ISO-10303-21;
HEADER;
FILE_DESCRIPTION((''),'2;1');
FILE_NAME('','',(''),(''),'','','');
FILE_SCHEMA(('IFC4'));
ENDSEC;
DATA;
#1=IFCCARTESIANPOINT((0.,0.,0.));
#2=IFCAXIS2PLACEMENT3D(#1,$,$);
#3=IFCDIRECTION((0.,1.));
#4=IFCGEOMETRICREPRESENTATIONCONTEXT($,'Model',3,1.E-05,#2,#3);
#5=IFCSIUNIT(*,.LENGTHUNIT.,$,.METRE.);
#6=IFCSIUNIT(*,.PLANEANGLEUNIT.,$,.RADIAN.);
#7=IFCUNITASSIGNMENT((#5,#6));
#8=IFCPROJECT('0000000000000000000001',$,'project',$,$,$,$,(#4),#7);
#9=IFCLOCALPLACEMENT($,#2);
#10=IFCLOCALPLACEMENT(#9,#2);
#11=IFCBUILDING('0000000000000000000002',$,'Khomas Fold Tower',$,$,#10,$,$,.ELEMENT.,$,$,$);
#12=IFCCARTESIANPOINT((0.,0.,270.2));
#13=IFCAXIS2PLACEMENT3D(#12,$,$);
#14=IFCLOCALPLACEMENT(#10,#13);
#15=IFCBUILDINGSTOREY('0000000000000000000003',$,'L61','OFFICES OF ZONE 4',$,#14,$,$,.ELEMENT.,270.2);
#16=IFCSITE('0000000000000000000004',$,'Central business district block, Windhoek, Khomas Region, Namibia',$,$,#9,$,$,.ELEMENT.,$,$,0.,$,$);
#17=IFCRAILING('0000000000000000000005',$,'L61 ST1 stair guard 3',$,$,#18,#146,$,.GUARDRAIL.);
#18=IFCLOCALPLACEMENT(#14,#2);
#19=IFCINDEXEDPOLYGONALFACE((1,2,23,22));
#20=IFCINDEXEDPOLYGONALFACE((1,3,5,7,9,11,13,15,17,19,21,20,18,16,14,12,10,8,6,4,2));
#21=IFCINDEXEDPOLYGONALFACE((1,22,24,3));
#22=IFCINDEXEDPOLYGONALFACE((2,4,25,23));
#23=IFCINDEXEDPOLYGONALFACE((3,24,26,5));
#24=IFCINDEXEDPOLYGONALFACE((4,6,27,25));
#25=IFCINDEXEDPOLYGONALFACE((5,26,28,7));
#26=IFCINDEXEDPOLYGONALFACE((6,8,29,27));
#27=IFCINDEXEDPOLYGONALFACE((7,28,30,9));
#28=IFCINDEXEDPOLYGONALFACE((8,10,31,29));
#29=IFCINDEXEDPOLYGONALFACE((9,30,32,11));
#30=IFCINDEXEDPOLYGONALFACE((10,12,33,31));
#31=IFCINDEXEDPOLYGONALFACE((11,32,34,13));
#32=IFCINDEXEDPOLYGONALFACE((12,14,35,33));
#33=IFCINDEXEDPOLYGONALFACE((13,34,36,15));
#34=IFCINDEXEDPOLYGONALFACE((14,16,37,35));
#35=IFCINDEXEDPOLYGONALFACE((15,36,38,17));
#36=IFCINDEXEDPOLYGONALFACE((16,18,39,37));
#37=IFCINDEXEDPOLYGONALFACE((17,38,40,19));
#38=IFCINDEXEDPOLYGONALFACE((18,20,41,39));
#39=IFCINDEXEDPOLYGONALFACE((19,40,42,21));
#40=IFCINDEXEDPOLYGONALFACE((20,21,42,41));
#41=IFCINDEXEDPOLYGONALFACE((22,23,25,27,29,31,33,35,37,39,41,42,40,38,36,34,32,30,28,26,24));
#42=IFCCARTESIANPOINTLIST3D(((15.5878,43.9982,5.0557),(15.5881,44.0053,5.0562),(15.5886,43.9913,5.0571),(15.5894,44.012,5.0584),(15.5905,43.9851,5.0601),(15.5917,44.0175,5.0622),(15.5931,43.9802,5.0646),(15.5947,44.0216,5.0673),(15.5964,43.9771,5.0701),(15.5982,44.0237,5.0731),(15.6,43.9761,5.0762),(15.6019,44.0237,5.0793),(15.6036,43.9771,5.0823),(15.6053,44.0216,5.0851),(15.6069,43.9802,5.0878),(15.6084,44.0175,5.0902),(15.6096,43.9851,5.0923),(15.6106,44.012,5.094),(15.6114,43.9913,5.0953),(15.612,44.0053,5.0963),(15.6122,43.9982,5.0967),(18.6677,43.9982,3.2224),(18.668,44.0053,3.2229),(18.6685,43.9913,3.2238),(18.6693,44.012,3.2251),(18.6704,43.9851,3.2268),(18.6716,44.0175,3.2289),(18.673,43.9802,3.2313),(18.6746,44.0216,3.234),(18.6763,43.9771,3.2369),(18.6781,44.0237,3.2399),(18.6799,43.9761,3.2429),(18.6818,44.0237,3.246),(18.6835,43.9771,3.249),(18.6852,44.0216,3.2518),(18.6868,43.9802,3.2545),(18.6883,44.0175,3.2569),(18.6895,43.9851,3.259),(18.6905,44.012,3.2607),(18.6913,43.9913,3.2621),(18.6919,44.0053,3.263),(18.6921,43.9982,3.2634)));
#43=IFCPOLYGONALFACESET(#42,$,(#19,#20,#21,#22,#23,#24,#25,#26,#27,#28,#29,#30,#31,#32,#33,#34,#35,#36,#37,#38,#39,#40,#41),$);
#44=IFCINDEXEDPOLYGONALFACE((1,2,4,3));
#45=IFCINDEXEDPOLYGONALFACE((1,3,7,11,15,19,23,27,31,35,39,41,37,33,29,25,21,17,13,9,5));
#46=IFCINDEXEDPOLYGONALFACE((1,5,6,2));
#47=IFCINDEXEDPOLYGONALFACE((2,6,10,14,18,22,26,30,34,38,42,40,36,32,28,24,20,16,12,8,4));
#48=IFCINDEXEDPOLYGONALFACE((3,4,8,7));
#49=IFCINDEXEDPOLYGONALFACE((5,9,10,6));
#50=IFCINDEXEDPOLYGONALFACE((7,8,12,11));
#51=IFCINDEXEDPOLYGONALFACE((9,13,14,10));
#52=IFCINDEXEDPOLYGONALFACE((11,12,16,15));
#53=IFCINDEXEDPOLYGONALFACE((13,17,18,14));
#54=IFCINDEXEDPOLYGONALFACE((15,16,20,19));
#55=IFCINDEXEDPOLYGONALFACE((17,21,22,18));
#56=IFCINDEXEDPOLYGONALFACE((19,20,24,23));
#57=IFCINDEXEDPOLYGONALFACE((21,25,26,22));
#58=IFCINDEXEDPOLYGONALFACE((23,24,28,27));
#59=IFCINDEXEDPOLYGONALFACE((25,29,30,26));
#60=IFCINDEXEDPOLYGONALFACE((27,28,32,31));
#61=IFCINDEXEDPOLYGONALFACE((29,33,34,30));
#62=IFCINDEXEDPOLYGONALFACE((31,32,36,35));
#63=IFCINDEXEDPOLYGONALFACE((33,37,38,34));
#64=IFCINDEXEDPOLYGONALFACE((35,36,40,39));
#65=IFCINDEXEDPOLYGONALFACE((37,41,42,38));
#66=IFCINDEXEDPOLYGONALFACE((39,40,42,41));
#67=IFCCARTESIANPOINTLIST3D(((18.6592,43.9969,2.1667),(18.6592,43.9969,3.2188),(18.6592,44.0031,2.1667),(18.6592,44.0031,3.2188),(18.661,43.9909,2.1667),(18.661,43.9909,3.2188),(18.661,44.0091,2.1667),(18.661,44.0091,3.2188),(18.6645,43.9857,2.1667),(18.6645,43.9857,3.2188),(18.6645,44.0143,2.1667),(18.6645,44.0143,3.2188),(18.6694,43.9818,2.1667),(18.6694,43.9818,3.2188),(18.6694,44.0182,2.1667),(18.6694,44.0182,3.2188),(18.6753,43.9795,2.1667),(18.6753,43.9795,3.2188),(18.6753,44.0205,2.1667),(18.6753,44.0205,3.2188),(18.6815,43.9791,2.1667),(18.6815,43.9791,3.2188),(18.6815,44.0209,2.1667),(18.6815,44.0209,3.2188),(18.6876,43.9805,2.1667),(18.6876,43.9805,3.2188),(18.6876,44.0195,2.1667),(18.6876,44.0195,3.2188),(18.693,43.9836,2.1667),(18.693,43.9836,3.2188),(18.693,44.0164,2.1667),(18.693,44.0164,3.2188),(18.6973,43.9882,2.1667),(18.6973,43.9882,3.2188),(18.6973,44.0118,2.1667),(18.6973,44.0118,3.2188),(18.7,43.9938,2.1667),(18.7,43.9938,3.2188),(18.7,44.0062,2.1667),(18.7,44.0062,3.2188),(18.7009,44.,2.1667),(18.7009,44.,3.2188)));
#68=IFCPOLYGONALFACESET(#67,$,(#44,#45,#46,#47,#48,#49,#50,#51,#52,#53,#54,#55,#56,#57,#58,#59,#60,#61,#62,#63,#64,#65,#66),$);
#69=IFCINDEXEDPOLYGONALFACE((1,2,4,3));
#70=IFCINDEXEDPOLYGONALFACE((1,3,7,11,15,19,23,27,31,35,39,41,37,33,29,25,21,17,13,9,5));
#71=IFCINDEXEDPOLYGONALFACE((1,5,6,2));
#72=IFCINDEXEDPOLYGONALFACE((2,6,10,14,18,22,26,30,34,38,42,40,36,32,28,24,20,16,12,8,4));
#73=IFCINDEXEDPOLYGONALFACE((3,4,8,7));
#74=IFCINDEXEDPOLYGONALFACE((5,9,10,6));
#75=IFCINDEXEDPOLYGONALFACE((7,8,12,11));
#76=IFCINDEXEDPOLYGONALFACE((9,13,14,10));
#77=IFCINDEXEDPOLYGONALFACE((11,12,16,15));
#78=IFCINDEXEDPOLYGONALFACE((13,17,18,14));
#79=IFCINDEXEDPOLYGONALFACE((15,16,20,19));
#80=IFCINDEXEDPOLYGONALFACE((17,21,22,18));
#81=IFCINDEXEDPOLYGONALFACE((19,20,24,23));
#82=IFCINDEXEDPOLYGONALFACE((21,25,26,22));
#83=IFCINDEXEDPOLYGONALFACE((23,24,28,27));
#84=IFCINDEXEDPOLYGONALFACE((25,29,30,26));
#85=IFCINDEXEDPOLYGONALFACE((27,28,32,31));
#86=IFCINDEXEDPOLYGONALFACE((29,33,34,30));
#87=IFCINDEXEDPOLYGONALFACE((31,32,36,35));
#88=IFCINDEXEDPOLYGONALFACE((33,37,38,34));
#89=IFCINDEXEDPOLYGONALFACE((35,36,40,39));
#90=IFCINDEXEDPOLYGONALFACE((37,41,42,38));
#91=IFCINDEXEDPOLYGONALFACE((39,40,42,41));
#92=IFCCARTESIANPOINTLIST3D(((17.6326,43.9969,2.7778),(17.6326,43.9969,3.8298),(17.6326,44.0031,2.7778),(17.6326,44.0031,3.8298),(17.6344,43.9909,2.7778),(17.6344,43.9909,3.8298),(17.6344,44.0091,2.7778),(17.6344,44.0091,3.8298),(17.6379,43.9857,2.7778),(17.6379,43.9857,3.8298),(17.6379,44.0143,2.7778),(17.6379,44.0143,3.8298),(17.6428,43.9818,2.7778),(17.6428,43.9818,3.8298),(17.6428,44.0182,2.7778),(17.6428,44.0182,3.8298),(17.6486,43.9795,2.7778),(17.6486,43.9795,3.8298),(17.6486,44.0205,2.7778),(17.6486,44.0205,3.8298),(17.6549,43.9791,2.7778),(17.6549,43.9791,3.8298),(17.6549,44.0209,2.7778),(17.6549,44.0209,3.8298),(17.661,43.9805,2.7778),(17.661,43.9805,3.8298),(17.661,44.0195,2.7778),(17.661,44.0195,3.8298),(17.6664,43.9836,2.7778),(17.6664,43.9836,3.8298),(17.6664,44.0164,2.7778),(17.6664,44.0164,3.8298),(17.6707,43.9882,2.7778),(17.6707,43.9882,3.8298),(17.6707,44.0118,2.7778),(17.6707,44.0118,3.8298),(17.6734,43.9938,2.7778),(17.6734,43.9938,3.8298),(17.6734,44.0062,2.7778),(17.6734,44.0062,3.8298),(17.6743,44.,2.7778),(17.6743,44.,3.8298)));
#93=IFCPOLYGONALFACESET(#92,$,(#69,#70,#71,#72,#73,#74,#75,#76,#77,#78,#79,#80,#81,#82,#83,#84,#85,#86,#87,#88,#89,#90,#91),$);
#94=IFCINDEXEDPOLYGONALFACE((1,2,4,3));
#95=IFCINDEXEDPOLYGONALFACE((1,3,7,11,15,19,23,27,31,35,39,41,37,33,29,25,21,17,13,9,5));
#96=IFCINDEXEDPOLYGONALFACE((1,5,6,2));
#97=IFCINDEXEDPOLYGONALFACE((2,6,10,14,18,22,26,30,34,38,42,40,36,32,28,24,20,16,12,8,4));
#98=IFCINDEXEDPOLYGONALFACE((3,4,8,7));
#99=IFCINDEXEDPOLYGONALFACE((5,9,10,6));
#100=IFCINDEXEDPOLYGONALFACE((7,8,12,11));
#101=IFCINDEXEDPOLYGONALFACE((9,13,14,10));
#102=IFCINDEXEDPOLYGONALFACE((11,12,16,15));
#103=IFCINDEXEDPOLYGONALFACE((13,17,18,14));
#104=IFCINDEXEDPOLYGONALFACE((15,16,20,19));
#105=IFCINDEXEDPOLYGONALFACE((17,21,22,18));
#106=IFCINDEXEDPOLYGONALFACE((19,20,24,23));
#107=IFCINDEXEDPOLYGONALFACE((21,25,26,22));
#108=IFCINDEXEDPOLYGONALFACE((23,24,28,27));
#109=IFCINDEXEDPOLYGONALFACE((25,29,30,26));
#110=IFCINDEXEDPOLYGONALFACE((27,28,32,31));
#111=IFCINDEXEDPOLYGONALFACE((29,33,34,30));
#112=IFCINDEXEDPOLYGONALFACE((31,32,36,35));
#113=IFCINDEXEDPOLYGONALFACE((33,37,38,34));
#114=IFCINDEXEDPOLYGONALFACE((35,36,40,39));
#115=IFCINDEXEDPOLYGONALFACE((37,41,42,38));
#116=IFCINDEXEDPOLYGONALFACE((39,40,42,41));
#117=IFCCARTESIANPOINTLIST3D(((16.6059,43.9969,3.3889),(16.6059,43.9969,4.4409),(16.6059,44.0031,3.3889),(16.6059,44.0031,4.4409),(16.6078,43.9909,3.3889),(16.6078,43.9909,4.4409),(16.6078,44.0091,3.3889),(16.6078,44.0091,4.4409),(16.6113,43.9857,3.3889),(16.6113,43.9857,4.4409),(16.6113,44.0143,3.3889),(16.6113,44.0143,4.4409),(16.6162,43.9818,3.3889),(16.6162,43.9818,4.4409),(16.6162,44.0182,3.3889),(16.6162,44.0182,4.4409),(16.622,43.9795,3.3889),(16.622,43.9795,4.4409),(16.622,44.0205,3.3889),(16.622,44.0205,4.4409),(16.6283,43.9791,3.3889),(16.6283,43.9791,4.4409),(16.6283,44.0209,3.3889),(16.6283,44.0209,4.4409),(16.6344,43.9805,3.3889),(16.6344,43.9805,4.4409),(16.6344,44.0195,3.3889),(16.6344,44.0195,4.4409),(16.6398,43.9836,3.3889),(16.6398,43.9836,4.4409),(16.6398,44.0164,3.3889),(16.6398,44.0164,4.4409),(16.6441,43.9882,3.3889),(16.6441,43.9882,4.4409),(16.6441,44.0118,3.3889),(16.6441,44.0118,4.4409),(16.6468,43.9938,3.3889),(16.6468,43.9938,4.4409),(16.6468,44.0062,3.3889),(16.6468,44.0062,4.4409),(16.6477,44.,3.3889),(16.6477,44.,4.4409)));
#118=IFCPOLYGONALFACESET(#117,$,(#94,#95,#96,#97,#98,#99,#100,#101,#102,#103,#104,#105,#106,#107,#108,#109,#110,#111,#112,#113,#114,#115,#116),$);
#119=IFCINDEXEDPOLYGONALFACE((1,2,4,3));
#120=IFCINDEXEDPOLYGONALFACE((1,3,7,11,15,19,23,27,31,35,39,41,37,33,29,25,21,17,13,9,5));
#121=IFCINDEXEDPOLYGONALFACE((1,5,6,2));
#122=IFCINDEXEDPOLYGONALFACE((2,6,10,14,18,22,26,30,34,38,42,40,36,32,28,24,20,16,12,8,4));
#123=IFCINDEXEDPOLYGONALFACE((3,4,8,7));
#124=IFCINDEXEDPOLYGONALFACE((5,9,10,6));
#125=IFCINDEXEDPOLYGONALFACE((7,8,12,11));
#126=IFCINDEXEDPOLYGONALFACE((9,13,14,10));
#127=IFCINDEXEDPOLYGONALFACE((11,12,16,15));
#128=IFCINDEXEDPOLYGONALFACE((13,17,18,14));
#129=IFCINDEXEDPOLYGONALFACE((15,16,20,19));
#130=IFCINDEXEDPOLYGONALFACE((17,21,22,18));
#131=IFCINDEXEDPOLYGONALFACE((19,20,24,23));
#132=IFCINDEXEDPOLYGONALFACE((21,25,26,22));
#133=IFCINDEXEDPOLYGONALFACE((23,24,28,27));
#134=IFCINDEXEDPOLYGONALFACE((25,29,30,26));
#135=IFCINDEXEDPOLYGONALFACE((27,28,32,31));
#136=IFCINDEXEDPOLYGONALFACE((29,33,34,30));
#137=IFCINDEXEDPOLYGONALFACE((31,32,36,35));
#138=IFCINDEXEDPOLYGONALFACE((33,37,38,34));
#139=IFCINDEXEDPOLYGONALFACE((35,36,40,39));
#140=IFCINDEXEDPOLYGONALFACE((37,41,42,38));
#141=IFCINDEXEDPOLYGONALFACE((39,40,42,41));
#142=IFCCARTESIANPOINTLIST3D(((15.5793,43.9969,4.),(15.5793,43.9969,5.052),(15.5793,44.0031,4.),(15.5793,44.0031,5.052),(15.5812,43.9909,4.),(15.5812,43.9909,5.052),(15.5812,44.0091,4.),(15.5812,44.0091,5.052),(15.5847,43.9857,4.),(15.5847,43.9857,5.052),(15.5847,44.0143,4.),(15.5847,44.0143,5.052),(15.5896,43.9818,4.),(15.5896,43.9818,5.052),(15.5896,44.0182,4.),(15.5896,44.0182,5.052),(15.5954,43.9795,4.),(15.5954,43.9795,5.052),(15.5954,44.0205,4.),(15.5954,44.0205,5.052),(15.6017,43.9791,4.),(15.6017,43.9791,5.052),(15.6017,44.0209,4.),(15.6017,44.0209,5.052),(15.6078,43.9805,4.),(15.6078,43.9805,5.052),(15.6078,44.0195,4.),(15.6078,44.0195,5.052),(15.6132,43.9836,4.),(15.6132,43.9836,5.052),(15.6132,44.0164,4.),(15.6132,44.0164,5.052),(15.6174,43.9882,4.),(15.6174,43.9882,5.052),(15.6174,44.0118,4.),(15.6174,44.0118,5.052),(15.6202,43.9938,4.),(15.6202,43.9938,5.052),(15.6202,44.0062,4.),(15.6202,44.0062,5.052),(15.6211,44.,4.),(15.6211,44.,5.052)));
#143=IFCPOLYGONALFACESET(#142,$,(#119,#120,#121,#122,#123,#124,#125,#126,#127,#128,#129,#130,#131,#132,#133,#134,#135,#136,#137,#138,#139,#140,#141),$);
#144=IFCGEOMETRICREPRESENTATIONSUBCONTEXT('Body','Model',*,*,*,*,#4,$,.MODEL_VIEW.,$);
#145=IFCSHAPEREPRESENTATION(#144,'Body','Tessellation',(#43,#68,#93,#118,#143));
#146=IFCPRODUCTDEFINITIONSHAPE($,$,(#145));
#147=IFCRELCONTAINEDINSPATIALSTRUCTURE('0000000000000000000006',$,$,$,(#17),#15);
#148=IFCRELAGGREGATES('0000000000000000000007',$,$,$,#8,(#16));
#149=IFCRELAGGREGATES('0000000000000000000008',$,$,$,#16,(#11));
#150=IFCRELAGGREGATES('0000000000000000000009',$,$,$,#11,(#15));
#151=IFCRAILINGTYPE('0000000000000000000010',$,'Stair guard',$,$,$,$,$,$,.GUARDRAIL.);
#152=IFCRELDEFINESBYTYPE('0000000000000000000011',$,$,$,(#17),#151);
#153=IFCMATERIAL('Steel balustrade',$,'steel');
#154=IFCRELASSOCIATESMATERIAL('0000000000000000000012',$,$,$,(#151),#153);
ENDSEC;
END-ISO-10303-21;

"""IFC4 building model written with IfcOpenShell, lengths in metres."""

from ifc_helpers import new_model, si_unit, direction, frame, origin, origin_2d, place, context, subcontext, project, spatial, circle, extrude, source, transform, mapped, material, type_object, element, save


model = new_model("IFC4")

# Units and contexts
model_context = context("Model", 3, precision=1e-05, world=origin(), true_north=direction((0.0, 1.0)))
body_context = subcontext(model_context, "Body", "Model", "MODEL_VIEW")
ifc_project = project(units=[si_unit("LENGTHUNIT", "METRE"), si_unit("PLANEANGLEUNIT", "RADIAN")], contexts=[model_context])

# Site, building, storey
site_placement = place(None, origin())
site = spatial("IfcSite", under=ifc_project, at=site_placement, Name="Central business district block, Windhoek, Khomas Region, Namibia", CompositionType="ELEMENT", RefElevation=0.0)
building_placement = place(site_placement, origin())
building = spatial("IfcBuilding", under=site, at=building_placement, Name="Khomas Fold Tower", CompositionType="ELEMENT")
storey_placement = place(building_placement, frame((0.0, 0.0, 270.2)))
storey = spatial("IfcBuildingStorey", under=building, at=storey_placement, Name="L61", Description="OFFICES OF ZONE 4", CompositionType="ELEMENT", Elevation=270.2)

# Railing
ifc_material_1 = material(Name="Steel balustrade", Category="steel")
railing_type_1 = type_object("IfcRailingType", Name="Stair guard", PredefinedType="GUARDRAIL", material=ifc_material_1)
shared_shape_1 = source(origin(), body_context, "Body", "SweptSolid", [
    extrude(circle(Radius=0.0239, at=origin_2d()), frame((0.0, 0.0, 1.0762), z_axis=(-0.859291, 0.0, 0.511487), x_axis=(0.0, -1.0, 0.0)), (0.0, 0.0, 1.0), 3.5842),
    extrude(circle(Radius=0.021, at=origin_2d()), origin(), (0.0, 0.0, 1.0), 1.052),
    extrude(circle(Radius=0.021, at=origin_2d()), frame((-1.0266, 0.0, 0.6111)), (0.0, 0.0, 1.0), 1.052),
    extrude(circle(Radius=0.021, at=origin_2d()), frame((-2.0532, 0.0, 1.2222)), (0.0, 0.0, 1.0), 1.052),
    extrude(circle(Radius=0.021, at=origin_2d()), frame((-3.0798, 0.0, 1.8333)), (0.0, 0.0, 1.0), 1.052),
])
railing_1_placement = place(storey_placement, frame((18.6799, 44.0, 2.1667)))
element("IfcRailing", 1, at=railing_1_placement, inside=storey, type_object=railing_type_1, Name="L61 ST1 stair guard 3", PredefinedType="GUARDRAIL", context=body_context, shape_type="MappedRepresentation", body=[
    mapped(shared_shape_1, transform((0.0, 0.0, 0.0))),
])

save(model, "model.ifc")
